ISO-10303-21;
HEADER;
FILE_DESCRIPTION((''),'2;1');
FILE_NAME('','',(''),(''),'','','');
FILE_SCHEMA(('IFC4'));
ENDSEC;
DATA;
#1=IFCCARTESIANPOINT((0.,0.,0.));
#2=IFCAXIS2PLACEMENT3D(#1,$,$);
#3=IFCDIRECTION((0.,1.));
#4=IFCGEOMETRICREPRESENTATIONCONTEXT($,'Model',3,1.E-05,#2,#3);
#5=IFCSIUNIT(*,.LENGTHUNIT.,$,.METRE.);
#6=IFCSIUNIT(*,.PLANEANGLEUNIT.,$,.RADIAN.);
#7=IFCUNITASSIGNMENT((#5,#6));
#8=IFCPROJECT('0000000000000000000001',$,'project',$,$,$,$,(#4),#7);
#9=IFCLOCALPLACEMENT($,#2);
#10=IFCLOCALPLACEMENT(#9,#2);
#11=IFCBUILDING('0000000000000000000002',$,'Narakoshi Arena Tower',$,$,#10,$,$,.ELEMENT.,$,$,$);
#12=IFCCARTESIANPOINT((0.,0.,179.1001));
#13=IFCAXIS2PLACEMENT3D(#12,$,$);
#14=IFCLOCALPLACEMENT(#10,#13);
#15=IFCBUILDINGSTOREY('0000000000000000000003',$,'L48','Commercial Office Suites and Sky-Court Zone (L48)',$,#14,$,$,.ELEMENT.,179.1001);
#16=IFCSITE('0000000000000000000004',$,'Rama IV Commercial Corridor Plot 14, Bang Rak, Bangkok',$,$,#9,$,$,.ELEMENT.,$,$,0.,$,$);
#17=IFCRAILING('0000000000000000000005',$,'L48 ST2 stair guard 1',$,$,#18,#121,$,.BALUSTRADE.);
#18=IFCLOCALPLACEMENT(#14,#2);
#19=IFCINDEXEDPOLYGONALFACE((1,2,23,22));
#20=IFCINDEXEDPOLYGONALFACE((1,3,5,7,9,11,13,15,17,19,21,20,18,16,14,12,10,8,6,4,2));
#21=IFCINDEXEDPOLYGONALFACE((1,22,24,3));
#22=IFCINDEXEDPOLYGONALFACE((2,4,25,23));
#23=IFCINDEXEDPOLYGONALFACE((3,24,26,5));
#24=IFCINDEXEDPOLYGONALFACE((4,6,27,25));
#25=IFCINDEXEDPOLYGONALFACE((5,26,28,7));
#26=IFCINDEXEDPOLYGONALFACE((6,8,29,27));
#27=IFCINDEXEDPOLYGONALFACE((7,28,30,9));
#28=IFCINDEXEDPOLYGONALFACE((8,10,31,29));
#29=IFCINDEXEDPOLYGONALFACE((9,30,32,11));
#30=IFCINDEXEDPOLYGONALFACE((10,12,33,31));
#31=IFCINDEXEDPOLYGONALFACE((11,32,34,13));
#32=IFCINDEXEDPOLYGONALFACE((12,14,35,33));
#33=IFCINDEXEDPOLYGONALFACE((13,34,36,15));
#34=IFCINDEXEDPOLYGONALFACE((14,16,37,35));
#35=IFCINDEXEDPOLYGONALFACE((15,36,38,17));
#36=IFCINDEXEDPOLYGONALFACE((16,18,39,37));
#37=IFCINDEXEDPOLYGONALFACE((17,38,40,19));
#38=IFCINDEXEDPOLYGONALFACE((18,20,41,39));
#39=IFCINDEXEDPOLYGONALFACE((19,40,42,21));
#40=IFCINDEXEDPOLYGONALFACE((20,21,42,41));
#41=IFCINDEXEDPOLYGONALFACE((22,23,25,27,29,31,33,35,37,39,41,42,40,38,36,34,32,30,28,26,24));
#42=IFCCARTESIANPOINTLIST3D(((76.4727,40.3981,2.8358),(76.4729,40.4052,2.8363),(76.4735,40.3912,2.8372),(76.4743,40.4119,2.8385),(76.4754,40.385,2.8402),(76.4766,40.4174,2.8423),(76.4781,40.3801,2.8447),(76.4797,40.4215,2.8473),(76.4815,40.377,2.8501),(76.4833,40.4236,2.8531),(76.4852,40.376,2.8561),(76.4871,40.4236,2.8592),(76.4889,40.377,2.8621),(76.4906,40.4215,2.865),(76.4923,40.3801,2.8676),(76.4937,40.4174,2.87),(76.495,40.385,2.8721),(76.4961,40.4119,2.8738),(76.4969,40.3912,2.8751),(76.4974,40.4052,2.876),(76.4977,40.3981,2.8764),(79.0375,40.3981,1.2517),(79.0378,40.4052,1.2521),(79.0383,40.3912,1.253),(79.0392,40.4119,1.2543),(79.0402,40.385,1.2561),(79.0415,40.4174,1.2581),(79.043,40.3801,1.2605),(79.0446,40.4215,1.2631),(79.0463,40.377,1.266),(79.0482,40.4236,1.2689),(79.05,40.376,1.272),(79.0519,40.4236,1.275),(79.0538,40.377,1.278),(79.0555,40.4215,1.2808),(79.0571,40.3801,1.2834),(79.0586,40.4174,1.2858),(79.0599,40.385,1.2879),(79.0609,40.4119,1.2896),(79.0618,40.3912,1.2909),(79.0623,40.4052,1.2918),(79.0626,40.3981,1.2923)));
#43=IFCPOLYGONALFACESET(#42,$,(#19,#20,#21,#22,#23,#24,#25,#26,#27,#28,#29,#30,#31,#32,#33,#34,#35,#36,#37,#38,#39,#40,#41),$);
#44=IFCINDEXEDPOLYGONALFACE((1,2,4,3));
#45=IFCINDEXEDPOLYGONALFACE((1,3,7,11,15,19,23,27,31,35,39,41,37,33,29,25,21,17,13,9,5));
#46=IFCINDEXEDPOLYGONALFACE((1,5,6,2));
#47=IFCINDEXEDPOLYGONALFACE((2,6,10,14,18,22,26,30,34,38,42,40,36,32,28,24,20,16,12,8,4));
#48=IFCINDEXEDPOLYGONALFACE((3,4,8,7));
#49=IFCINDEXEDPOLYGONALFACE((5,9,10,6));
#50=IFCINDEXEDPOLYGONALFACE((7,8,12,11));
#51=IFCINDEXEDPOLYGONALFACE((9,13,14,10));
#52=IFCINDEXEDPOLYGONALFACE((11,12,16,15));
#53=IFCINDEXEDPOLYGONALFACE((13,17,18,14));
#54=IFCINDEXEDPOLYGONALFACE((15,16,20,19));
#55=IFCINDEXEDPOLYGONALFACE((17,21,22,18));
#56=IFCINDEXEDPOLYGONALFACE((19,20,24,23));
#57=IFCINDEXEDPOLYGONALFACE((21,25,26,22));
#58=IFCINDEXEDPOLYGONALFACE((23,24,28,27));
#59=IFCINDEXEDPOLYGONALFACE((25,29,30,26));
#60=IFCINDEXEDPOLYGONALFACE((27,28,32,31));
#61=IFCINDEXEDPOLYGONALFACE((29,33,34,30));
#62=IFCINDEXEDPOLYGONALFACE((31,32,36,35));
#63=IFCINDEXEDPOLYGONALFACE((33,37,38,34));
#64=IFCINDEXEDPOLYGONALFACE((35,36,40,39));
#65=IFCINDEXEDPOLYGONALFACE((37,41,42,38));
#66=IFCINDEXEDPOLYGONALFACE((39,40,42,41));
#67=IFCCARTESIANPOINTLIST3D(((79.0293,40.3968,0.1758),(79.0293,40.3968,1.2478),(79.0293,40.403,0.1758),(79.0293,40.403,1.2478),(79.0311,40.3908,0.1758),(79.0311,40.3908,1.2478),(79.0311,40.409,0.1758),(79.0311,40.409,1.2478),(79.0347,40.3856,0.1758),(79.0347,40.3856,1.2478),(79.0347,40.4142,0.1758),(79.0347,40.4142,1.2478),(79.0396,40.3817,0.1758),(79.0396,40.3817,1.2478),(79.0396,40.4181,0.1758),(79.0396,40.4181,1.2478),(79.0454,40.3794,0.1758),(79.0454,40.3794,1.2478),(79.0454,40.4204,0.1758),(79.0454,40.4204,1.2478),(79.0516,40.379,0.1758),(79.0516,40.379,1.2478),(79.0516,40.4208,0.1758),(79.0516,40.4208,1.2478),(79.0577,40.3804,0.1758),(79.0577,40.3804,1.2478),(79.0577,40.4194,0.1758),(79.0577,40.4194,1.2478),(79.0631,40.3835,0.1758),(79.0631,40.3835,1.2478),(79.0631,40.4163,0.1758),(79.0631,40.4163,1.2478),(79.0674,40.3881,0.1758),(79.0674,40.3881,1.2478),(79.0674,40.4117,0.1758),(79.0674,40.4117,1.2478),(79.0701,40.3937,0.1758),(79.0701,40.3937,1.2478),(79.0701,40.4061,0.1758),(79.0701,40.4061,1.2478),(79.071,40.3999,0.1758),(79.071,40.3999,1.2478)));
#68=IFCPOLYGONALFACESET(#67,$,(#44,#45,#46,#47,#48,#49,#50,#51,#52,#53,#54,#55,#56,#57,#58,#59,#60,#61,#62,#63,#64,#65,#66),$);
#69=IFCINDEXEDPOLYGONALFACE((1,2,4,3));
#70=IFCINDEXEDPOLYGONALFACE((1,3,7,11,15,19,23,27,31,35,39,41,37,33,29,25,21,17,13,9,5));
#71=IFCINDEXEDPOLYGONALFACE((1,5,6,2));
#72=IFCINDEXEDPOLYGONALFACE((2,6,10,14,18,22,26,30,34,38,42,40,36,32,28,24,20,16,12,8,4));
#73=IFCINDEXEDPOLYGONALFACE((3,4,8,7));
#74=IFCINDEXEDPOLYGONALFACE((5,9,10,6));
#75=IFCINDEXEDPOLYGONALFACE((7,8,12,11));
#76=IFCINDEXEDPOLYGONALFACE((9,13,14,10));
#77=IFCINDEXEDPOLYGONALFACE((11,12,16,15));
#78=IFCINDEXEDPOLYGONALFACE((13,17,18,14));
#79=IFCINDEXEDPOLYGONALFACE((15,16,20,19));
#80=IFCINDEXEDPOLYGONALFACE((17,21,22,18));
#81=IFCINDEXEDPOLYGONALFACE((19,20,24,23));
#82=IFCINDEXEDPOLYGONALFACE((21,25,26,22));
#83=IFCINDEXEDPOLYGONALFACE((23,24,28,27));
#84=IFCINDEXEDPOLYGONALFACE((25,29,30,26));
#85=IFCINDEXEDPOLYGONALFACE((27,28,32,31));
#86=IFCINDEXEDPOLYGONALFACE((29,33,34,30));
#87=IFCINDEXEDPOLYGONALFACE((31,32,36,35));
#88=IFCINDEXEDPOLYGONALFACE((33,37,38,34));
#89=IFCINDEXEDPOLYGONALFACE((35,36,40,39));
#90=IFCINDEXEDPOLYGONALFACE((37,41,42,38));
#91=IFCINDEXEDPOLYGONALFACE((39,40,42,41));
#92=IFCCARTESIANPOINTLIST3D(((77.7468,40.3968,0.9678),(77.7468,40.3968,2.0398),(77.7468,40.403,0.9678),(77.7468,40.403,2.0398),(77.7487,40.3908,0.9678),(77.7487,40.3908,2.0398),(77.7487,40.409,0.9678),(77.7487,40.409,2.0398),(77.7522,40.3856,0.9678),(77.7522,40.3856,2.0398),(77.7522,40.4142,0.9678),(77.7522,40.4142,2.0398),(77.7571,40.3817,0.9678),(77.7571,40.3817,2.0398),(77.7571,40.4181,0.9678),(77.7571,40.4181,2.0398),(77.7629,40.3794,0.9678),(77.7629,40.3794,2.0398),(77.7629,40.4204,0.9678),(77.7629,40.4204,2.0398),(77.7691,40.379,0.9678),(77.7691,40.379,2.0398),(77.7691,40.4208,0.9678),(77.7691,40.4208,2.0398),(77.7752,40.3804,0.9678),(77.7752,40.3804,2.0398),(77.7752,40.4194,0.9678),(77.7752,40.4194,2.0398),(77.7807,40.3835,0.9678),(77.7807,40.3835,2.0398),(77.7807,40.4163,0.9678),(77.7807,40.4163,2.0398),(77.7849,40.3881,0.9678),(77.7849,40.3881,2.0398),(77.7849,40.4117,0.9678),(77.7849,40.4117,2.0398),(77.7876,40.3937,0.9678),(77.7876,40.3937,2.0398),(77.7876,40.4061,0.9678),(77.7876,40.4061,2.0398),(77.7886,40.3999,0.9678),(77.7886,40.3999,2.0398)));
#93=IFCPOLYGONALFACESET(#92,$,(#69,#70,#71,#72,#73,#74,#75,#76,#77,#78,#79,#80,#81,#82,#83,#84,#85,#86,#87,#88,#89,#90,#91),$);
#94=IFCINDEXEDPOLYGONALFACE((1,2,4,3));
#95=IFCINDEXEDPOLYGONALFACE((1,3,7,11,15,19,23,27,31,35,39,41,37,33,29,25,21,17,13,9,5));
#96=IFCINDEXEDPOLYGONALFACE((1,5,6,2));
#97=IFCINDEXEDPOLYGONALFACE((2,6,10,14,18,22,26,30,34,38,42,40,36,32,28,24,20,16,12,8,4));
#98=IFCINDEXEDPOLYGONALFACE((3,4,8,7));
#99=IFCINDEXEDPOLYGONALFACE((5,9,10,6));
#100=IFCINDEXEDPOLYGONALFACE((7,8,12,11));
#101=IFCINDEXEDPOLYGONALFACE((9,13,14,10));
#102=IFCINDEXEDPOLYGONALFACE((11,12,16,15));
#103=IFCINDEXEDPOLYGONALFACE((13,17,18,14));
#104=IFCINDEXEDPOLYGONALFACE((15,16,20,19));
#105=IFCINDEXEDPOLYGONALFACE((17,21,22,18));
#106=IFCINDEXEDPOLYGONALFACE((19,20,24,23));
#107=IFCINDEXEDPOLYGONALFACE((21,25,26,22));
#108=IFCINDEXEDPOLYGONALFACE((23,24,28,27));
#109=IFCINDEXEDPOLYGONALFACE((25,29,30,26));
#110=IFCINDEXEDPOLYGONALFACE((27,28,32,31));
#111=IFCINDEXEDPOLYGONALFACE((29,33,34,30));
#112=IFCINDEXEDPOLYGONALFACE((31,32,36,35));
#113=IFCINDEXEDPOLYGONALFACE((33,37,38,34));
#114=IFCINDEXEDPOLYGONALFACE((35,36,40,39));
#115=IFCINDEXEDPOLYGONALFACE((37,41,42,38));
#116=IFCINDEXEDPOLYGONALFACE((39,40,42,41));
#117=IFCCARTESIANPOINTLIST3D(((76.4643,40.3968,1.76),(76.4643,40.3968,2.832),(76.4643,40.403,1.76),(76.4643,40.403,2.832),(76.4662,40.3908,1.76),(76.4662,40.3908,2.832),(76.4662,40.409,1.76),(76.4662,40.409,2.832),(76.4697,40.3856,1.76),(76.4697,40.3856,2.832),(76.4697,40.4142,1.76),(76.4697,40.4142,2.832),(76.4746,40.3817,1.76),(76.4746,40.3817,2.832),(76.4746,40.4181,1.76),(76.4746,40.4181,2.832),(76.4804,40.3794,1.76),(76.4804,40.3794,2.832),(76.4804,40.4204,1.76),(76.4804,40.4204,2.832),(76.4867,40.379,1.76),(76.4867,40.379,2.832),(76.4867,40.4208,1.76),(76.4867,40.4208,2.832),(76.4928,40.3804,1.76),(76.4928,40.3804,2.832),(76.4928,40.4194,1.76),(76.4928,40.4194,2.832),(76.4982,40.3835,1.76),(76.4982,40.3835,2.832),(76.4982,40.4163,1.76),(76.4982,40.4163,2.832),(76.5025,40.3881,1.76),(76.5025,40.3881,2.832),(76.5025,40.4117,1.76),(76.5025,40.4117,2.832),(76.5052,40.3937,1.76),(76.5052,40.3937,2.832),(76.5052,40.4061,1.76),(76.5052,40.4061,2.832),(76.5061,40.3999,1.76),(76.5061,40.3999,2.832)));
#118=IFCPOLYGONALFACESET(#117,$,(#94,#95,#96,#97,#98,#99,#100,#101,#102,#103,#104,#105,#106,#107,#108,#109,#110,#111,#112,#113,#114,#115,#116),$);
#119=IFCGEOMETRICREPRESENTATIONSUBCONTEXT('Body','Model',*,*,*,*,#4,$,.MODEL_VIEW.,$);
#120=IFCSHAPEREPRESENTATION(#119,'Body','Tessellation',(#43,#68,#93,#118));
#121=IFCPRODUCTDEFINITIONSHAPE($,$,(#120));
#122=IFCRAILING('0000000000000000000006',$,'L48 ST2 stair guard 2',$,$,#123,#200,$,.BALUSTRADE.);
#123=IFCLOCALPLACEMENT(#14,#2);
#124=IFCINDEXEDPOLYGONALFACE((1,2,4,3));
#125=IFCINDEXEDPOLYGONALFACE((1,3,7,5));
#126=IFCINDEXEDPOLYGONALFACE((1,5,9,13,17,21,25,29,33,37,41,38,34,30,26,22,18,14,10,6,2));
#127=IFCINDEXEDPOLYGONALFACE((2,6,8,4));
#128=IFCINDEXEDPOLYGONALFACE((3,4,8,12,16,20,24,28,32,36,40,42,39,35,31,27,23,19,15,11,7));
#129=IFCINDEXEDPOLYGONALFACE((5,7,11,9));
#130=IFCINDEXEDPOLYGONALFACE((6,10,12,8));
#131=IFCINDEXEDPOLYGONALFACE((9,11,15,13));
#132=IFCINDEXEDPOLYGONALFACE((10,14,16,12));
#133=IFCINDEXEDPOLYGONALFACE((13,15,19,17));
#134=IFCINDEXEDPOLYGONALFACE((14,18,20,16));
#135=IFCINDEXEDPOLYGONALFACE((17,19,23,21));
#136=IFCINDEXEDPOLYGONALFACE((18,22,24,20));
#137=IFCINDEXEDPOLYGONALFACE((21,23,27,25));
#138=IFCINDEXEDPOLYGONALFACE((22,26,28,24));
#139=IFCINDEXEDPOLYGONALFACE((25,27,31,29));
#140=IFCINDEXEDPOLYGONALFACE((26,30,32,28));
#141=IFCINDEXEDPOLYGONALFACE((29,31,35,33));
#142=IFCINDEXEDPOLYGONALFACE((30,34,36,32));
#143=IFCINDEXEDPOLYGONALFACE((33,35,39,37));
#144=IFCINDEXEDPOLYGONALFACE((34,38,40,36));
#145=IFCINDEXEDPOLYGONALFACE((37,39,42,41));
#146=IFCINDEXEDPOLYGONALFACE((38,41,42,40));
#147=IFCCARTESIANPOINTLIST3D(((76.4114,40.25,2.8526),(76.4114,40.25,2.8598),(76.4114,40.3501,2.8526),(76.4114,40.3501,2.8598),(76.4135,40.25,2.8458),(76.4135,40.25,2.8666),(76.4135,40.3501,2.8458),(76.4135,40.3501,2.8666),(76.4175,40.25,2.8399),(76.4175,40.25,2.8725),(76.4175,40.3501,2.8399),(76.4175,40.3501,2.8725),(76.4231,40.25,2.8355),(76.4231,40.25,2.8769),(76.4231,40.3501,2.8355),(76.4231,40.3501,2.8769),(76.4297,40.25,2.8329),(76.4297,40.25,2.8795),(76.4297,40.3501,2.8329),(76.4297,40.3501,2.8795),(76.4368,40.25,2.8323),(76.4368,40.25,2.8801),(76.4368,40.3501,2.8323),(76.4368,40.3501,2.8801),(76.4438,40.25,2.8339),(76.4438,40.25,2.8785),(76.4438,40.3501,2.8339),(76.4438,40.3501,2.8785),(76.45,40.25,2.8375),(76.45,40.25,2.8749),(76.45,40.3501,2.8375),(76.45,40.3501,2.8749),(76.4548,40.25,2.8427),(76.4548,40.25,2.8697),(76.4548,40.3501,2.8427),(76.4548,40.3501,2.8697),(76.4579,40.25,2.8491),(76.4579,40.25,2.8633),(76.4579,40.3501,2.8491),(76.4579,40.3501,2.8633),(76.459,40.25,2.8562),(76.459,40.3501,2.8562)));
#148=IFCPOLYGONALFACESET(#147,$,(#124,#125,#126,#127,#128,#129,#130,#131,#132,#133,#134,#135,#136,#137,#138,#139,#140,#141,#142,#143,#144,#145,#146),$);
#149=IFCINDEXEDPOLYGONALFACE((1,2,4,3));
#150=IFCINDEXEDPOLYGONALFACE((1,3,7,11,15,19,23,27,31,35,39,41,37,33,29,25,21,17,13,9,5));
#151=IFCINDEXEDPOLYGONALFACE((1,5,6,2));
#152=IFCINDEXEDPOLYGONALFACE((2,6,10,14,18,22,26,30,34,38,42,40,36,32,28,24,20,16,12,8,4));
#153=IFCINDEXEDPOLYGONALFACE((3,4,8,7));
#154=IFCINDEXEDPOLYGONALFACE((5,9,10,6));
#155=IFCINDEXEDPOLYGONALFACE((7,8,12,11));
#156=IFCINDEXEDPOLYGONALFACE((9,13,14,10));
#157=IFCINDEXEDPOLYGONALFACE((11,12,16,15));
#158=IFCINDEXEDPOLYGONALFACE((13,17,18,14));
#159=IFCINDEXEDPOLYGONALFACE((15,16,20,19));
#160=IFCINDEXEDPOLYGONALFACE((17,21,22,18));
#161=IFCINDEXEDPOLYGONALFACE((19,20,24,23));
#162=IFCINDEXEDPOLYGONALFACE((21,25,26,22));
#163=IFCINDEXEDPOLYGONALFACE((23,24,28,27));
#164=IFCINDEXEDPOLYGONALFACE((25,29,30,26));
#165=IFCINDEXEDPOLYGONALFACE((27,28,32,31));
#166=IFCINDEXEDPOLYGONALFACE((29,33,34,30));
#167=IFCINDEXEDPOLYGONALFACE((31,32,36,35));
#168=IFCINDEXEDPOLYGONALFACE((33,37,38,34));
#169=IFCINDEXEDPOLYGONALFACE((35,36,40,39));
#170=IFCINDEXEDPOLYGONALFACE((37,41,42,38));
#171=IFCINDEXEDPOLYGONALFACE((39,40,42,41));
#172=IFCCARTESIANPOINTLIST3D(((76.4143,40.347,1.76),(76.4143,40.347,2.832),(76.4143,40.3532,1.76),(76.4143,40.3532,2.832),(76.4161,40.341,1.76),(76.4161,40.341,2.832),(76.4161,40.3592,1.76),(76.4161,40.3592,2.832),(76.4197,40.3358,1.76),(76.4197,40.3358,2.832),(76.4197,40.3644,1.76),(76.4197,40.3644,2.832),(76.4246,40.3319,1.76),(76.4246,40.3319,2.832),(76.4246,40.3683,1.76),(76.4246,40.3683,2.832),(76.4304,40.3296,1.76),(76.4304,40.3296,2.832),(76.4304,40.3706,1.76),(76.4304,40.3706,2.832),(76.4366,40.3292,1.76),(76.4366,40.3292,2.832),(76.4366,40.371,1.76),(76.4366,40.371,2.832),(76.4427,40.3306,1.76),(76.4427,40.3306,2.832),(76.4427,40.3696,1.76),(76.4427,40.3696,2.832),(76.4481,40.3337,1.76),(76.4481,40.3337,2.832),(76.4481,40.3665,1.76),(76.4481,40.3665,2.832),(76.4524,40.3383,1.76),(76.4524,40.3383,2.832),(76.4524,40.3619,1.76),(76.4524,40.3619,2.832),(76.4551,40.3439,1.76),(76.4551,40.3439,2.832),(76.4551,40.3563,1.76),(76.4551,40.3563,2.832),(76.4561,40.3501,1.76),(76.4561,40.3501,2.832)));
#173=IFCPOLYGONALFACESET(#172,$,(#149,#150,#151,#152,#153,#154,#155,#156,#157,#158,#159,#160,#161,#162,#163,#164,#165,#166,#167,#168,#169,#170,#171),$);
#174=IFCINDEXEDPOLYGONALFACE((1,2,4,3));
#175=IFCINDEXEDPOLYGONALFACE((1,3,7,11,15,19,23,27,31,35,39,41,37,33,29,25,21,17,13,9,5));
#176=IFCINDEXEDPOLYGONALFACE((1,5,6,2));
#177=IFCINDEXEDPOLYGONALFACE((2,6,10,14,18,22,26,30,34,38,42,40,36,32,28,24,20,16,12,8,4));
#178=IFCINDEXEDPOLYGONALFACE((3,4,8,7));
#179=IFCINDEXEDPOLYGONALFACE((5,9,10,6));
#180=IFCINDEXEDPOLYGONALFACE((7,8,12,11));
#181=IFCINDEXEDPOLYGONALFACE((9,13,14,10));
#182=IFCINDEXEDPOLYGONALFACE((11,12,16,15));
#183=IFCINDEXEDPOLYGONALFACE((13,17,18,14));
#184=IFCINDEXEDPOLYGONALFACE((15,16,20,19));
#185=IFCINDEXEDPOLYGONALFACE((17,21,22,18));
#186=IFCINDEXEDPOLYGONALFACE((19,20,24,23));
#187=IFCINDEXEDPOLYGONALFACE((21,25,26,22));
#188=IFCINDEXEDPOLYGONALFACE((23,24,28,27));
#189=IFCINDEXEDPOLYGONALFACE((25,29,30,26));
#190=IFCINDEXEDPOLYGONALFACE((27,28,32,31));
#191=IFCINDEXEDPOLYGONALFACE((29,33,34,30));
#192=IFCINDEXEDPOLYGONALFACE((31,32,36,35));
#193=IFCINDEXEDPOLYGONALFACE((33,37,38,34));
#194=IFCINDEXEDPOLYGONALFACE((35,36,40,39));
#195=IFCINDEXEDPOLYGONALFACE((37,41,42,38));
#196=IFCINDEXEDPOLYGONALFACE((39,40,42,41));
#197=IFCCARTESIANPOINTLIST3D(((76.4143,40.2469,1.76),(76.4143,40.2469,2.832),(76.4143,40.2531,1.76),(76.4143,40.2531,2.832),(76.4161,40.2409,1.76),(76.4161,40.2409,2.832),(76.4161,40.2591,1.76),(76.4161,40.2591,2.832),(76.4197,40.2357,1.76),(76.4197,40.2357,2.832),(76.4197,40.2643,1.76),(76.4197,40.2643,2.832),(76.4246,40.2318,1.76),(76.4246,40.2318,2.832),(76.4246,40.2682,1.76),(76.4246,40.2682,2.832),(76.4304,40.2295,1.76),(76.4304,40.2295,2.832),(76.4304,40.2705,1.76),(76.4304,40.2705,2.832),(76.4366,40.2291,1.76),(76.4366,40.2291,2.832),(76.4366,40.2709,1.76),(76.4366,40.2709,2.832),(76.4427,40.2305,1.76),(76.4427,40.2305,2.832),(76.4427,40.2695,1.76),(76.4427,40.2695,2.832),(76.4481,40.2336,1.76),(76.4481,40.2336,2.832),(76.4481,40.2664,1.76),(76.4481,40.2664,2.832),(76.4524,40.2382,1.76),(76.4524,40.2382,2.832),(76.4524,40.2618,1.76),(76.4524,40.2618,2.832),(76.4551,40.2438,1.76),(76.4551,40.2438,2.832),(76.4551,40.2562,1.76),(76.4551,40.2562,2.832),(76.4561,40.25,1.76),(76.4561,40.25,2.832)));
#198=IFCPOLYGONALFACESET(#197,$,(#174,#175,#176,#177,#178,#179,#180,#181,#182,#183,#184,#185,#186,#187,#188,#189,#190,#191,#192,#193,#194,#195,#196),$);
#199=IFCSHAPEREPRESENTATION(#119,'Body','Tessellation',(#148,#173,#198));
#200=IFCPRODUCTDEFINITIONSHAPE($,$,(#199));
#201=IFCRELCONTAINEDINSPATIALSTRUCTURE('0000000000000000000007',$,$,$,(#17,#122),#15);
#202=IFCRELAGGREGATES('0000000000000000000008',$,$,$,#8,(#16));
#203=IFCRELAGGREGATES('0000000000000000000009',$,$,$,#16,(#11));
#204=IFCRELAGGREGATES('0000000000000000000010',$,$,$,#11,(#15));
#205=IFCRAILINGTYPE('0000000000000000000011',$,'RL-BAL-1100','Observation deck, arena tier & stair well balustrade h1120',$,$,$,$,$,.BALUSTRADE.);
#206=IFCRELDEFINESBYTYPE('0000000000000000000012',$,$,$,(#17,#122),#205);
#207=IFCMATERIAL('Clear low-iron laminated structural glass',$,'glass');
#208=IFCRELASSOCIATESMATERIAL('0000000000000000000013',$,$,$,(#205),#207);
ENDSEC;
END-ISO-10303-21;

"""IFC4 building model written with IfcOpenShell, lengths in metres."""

from ifc_helpers import new_model, si_unit, direction, frame, origin, origin_2d, place, context, subcontext, project, spatial, circle, extrude, material, type_object, element, save


model = new_model("IFC4")

# Units and contexts
model_context = context("Model", 3, precision=1e-05, world=origin(), true_north=direction((0.0, 1.0)))
body_context = subcontext(model_context, "Body", "Model", "MODEL_VIEW")
ifc_project = project(units=[si_unit("LENGTHUNIT", "METRE"), si_unit("PLANEANGLEUNIT", "RADIAN")], contexts=[model_context])

# Site, building, storey
site_placement = place(None, origin())
site = spatial("IfcSite", under=ifc_project, at=site_placement, Name="Rama IV Commercial Corridor Plot 14, Bang Rak, Bangkok", CompositionType="ELEMENT", RefElevation=0.0)
building_placement = place(site_placement, origin())
building = spatial("IfcBuilding", under=site, at=building_placement, Name="Narakoshi Arena Tower", CompositionType="ELEMENT")
storey_placement = place(building_placement, frame((0.0, 0.0, 179.1001)))
storey = spatial("IfcBuildingStorey", under=building, at=storey_placement, Name="L48", Description="Commercial Office Suites and Sky-Court Zone (L48)", CompositionType="ELEMENT", Elevation=179.1001)

# Railings
ifc_material_1 = material(Name="Clear low-iron laminated structural glass", Category="glass")
railing_type_1 = type_object("IfcRailingType", Name="RL-BAL-1100", Description="Observation deck, arena tier & stair well balustrade h1120", PredefinedType="BALUSTRADE", material=ifc_material_1)
railing_1_placement = place(storey_placement, frame((79.05, 40.3999, 0.1758)))
element("IfcRailing", 1, at=railing_1_placement, inside=storey, type_object=railing_type_1, Name="L48 ST2 stair guard 1", PredefinedType="BALUSTRADE", context=body_context, shape_type="SweptSolid", body=[
    extrude(circle(Radius=0.0239, at=origin_2d()), frame((0.0, 0.0, 1.0962), z_axis=(-0.850798, 0.0, 0.525493), x_axis=(0.0, -1.0, 0.0)), (0.0, 0.0, 1.0), 3.0146),
    extrude(circle(Radius=0.021, at=origin_2d()), origin(), (0.0, 0.0, 1.0), 1.072),
    extrude(circle(Radius=0.021, at=origin_2d()), frame((-1.2825, 0.0, 0.792)), (0.0, 0.0, 1.0), 1.072),
    extrude(circle(Radius=0.021, at=origin_2d()), frame((-2.5649, 0.0, 1.5842)), (0.0, 0.0, 1.0), 1.072),
])
railing_2_placement = place(storey_placement, frame((76.4351, 40.3501, 1.76)))
element("IfcRailing", 2, at=railing_2_placement, inside=storey, type_object=railing_type_1, Name="L48 ST2 stair guard 2", PredefinedType="BALUSTRADE", context=body_context, shape_type="SweptSolid", body=[
    extrude(circle(Radius=0.0239, at=origin_2d()), frame((0.0, 0.0, 1.0962), z_axis=(0.0, -1.0, 0.0), x_axis=(1.0, 0.0, 0.0)), (0.0, 0.0, 1.0), 0.1001),
    extrude(circle(Radius=0.021, at=origin_2d()), origin(), (0.0, 0.0, 1.0), 1.072),
    extrude(circle(Radius=0.021, at=origin_2d()), frame((0.0, -0.1001, 0.0)), (0.0, 0.0, 1.0), 1.072),
])

save(model, "model.ifc")
